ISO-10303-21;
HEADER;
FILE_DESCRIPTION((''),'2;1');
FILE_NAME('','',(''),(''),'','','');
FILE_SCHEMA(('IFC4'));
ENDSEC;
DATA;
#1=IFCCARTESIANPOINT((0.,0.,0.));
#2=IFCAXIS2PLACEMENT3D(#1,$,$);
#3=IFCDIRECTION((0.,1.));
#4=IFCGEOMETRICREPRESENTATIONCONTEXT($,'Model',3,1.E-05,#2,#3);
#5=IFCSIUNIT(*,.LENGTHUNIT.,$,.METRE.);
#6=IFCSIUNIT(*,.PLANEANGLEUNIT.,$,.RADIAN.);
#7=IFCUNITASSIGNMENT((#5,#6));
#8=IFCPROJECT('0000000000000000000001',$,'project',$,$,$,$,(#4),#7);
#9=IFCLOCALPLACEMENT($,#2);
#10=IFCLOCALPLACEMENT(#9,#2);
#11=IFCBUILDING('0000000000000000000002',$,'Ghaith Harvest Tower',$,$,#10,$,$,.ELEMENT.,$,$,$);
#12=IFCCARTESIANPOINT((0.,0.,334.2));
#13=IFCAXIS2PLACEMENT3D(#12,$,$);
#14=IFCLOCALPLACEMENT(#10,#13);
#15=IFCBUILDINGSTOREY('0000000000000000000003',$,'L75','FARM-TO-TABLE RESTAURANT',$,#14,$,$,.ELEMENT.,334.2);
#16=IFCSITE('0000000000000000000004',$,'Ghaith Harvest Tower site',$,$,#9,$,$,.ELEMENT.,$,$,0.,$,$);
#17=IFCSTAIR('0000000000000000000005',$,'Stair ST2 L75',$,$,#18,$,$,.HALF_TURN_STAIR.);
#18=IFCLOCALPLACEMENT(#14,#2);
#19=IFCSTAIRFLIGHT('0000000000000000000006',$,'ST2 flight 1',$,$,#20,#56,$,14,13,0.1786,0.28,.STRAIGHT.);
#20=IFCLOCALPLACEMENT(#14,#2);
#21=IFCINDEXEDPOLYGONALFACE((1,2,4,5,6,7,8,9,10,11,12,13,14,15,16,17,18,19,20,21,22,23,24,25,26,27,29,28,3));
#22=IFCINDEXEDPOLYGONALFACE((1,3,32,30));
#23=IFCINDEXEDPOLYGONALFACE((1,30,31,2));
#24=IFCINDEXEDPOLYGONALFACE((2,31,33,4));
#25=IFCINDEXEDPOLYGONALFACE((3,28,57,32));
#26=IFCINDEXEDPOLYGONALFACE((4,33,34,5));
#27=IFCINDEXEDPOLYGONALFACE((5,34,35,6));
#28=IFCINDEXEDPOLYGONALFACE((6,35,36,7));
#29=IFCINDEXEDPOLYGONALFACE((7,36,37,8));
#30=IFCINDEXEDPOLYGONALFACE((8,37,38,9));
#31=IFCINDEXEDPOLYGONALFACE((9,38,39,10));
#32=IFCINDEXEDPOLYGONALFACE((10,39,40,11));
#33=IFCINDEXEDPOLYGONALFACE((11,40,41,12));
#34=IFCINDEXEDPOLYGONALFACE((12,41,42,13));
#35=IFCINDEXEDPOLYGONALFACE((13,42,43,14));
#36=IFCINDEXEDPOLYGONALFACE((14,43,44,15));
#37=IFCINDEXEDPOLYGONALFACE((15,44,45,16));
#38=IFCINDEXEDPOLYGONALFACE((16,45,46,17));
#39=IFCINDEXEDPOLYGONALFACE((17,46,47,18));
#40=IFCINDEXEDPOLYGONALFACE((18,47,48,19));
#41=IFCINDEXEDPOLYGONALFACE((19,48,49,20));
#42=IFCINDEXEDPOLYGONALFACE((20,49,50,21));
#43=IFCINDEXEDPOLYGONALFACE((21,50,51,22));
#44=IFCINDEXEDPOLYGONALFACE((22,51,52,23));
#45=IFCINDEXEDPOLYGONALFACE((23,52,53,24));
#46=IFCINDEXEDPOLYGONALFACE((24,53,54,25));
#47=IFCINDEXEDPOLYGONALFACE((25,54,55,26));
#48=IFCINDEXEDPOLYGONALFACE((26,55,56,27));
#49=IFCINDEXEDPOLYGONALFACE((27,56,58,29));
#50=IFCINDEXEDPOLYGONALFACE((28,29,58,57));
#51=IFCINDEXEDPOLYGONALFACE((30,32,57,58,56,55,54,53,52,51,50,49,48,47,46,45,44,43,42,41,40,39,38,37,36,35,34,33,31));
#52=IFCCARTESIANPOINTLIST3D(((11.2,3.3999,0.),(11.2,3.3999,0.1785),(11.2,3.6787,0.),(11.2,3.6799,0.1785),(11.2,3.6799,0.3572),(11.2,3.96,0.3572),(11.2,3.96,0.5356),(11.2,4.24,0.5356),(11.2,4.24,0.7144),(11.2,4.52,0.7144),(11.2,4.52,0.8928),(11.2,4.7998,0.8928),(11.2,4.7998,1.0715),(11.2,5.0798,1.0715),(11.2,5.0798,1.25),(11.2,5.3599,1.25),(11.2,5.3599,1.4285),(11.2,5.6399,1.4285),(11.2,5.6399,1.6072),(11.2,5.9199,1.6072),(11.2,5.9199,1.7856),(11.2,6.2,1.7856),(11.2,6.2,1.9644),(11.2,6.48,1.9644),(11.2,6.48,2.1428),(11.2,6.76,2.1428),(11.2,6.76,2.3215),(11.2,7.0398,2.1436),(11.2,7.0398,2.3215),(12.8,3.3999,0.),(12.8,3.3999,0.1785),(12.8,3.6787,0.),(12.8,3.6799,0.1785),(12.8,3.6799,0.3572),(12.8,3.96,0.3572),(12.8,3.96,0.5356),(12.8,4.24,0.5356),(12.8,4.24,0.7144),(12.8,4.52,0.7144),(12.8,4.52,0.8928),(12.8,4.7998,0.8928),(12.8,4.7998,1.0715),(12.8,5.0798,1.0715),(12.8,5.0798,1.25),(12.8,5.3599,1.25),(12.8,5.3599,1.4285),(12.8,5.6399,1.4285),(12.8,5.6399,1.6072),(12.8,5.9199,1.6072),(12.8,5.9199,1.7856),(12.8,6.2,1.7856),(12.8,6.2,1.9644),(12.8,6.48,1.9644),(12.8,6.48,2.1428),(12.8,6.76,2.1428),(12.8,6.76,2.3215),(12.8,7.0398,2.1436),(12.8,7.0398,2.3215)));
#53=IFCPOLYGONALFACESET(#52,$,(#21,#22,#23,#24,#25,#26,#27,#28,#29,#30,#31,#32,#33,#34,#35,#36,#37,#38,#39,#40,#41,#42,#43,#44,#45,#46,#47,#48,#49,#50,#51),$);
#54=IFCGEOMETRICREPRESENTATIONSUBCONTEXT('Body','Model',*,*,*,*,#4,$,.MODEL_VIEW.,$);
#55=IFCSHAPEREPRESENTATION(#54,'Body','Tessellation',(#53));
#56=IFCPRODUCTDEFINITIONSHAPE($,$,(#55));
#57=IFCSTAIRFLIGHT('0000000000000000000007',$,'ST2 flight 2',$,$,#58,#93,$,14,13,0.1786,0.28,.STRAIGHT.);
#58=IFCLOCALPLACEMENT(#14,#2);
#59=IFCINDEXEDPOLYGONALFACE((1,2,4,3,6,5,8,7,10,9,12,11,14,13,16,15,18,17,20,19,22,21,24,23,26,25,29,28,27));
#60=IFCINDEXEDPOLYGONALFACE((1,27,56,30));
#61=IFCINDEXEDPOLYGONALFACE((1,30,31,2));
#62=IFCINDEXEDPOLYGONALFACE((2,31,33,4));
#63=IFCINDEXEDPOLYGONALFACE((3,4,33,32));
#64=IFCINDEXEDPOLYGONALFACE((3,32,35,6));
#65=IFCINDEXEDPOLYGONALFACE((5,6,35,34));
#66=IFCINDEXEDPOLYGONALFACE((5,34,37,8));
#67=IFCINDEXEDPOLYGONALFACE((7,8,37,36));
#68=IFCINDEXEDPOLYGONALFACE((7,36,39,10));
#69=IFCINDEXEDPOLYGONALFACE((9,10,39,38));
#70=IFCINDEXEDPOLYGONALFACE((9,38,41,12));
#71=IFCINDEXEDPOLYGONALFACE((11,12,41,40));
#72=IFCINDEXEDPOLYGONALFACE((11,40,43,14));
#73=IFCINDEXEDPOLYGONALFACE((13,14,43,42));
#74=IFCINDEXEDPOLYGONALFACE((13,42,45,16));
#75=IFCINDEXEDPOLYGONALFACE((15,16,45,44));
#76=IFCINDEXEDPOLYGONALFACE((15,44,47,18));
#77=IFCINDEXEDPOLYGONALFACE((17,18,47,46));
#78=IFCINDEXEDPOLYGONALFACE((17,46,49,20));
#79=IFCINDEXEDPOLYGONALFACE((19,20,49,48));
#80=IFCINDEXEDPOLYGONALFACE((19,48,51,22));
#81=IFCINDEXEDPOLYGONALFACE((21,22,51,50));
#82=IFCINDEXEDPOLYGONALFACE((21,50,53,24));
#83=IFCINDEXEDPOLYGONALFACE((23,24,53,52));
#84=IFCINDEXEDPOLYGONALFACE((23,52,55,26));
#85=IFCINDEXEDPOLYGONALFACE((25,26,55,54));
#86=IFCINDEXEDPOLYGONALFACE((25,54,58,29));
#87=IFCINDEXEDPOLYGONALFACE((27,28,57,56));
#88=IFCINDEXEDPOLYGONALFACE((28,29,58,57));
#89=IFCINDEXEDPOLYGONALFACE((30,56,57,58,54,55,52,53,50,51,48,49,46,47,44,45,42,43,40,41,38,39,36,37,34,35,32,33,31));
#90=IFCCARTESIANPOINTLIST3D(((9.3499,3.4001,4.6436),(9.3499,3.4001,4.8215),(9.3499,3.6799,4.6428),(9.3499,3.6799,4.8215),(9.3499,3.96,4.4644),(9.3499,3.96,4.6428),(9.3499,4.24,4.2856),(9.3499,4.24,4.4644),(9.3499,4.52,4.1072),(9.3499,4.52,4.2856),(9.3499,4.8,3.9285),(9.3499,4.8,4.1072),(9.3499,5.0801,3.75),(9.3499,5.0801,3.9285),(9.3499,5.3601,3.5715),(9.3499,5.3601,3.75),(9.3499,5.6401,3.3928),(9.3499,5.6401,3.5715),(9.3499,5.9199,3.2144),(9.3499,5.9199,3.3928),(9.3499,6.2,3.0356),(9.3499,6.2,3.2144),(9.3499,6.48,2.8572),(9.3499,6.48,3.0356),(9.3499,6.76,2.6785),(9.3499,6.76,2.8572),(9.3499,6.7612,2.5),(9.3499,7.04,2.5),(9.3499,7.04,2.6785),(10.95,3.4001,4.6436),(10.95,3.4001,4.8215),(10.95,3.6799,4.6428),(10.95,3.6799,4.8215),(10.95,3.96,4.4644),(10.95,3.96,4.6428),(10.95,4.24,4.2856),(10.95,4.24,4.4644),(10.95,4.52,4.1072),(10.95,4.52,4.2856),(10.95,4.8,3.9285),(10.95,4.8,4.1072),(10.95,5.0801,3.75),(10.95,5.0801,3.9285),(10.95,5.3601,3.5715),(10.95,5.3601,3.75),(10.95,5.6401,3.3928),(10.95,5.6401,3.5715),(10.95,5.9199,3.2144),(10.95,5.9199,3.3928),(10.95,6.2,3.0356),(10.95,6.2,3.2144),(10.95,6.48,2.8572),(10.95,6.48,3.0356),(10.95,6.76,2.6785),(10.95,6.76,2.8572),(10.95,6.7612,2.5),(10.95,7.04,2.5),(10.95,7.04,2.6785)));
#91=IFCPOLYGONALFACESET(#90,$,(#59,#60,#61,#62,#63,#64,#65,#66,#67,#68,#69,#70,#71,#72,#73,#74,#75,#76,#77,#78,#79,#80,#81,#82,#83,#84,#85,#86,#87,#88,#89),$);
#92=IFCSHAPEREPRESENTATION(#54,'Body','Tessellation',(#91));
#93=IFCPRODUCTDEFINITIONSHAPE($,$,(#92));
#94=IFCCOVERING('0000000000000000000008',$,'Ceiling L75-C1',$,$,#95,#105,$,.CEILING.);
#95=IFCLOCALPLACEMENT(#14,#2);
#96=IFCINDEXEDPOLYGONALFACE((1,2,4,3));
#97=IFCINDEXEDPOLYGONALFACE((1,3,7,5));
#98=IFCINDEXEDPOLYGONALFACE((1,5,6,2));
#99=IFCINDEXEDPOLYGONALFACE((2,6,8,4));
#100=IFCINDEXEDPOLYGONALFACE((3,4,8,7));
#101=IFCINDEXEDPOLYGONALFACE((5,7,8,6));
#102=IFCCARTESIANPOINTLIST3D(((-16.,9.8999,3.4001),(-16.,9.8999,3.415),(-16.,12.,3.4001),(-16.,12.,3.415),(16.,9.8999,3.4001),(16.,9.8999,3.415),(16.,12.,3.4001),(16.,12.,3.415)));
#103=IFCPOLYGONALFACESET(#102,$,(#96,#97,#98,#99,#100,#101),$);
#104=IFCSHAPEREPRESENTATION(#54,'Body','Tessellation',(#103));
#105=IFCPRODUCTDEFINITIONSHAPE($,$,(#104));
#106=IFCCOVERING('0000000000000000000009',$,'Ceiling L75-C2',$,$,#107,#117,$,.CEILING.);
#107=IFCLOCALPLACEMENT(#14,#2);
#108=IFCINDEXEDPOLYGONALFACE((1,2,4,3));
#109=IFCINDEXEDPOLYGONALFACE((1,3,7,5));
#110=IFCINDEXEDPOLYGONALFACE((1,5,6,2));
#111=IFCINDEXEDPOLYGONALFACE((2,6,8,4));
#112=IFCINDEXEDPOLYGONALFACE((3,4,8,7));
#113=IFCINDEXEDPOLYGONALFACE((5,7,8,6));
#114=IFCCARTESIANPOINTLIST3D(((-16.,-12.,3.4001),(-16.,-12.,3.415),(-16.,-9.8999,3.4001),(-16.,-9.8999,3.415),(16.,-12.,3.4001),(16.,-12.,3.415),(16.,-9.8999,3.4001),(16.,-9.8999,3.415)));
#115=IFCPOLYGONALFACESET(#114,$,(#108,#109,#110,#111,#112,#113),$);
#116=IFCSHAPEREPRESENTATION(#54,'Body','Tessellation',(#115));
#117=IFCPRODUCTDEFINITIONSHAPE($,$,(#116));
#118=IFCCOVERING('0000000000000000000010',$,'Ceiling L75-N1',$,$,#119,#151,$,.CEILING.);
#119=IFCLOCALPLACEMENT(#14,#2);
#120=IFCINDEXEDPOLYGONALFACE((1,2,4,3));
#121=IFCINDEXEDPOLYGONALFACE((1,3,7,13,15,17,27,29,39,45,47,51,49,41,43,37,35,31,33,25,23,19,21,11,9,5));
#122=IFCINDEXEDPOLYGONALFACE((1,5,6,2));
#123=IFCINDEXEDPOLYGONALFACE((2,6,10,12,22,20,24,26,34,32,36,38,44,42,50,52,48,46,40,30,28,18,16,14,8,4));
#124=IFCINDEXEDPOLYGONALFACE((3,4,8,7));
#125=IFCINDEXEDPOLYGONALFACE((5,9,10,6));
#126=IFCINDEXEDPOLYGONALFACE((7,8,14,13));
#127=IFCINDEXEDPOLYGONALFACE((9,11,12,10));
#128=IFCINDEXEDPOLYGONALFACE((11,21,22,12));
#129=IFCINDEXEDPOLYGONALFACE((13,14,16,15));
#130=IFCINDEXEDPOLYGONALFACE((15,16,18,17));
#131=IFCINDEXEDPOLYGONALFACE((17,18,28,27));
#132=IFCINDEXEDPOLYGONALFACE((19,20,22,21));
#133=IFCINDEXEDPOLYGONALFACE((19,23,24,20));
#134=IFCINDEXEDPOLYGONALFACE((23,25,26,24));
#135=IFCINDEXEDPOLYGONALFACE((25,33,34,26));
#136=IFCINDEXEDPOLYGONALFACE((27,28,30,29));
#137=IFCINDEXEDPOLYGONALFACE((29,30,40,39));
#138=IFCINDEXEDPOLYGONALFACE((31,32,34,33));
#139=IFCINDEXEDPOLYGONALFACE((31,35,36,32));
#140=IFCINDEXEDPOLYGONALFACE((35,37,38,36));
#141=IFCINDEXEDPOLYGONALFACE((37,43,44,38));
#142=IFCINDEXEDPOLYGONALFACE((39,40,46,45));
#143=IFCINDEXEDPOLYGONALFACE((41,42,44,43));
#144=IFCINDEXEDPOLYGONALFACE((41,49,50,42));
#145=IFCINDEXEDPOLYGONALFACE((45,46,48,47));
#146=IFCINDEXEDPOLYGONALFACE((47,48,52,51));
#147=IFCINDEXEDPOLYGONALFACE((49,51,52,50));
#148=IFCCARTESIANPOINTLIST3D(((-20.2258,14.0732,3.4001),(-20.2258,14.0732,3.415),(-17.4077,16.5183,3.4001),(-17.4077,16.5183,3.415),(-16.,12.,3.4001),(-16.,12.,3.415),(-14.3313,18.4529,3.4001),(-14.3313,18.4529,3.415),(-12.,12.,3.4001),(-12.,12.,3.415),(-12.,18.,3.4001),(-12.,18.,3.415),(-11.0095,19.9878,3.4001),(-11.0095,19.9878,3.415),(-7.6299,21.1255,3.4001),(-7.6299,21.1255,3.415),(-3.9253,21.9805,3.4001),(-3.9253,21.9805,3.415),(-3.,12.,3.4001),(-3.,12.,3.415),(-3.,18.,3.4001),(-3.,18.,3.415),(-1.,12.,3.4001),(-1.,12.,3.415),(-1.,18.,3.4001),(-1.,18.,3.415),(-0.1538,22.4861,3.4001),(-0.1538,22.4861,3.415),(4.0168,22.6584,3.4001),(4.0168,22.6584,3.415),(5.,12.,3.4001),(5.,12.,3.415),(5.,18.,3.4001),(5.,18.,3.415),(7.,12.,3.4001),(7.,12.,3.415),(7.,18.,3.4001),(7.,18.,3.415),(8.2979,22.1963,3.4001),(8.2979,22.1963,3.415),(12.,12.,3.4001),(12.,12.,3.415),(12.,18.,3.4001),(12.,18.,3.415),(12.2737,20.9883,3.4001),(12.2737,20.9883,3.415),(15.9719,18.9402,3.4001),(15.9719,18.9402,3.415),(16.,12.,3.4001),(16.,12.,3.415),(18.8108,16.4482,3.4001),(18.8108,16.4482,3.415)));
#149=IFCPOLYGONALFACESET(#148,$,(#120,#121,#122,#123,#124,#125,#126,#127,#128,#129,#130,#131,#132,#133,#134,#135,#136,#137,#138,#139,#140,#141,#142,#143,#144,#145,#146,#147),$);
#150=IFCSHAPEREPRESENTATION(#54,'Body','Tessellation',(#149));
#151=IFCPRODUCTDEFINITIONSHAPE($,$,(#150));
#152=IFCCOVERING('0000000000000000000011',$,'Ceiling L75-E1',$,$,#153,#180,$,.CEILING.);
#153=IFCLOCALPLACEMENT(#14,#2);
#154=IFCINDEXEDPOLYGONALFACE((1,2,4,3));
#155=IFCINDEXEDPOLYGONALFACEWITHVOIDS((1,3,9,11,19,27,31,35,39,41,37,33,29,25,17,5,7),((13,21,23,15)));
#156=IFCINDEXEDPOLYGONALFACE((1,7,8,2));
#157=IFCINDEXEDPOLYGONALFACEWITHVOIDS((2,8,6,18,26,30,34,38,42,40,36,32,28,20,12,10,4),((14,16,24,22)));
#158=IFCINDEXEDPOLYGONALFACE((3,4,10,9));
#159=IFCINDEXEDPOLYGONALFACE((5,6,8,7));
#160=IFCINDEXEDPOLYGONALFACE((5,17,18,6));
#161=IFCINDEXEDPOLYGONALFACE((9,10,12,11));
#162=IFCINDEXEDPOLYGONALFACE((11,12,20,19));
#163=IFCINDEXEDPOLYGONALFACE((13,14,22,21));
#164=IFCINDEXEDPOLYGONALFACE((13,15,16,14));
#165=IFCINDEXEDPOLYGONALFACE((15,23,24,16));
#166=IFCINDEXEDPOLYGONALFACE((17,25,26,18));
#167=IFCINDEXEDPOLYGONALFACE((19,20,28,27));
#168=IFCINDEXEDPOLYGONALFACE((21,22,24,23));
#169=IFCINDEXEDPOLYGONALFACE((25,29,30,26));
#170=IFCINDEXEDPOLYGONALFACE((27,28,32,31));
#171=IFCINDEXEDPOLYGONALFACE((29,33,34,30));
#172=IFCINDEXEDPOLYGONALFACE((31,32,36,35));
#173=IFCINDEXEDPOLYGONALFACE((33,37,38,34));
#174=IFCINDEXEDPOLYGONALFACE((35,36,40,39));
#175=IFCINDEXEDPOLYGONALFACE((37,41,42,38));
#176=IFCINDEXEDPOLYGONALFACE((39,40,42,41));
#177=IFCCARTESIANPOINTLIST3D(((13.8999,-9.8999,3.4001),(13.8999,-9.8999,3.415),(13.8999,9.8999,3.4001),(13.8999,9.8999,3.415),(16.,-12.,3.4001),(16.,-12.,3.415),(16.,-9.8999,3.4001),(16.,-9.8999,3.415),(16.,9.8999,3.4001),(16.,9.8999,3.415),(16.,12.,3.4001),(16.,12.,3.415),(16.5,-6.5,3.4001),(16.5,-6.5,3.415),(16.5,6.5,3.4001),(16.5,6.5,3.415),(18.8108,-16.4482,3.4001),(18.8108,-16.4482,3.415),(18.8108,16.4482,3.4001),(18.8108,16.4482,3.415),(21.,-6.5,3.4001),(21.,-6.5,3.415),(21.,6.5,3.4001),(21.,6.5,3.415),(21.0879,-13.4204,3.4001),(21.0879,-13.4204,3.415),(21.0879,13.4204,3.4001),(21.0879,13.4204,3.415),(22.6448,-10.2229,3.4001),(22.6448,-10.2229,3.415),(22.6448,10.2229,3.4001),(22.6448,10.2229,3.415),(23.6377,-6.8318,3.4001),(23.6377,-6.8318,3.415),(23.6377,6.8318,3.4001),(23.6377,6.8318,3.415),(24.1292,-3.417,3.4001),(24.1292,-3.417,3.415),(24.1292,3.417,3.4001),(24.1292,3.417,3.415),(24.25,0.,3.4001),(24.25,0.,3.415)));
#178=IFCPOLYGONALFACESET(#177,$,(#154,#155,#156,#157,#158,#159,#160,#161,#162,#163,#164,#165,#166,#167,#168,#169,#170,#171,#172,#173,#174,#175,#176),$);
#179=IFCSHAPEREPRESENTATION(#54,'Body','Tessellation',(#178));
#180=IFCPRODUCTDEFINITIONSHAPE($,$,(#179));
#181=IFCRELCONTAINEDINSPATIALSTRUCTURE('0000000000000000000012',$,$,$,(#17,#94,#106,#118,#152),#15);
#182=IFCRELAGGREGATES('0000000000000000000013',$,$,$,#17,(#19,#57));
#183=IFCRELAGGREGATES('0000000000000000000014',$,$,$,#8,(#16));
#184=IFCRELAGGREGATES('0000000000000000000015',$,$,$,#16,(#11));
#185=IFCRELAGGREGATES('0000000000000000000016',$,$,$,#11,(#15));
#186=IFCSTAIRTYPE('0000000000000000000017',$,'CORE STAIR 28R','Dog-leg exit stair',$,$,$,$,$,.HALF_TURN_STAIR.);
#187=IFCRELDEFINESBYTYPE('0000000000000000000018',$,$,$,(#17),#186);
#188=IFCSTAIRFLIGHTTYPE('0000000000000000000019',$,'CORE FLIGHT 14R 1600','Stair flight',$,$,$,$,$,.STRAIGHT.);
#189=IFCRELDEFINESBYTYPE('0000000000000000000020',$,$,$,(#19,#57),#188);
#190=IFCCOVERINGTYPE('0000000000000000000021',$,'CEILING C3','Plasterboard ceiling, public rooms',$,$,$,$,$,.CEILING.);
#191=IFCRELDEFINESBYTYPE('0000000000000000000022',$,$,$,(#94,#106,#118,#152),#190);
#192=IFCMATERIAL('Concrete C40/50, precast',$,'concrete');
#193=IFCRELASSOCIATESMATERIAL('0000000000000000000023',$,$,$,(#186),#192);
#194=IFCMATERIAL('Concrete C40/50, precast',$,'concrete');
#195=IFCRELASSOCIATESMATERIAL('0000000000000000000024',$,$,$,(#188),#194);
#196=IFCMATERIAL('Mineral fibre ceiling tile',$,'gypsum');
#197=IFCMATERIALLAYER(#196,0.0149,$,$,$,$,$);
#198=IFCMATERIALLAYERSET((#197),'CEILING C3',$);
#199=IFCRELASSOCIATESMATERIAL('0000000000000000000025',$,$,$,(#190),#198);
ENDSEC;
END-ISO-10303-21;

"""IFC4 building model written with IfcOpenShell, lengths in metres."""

from ifc_helpers import new_model, si_unit, direction, frame, origin, place, context, subcontext, project, spatial, polyline, outline, extrude, material, layer, layer_set, type_object, element, aggregate, save


model = new_model("IFC4")

# Units and contexts
model_context = context("Model", 3, precision=1e-05, world=origin(), true_north=direction((0.0, 1.0)))
body_context = subcontext(model_context, "Body", "Model", "MODEL_VIEW")
ifc_project = project(units=[si_unit("LENGTHUNIT", "METRE"), si_unit("PLANEANGLEUNIT", "RADIAN")], contexts=[model_context])

# Site, building, storey
site_placement = place(None, origin())
site = spatial("IfcSite", under=ifc_project, at=site_placement, Name="Ghaith Harvest Tower site", CompositionType="ELEMENT", RefElevation=0.0)
building_placement = place(site_placement, origin())
building = spatial("IfcBuilding", under=site, at=building_placement, Name="Ghaith Harvest Tower", CompositionType="ELEMENT")
storey_placement = place(building_placement, frame((0.0, 0.0, 334.2)))
storey = spatial("IfcBuildingStorey", under=building, at=storey_placement, Name="L75", Description="FARM-TO-TABLE RESTAURANT", CompositionType="ELEMENT", Elevation=334.2)

# Stair, stair flights
ifc_material_1 = material(Name="Concrete C40/50, precast", Category="concrete")
stair_type = type_object("IfcStairType", Name="CORE STAIR 28R", Description="Dog-leg exit stair", PredefinedType="HALF_TURN_STAIR", material=ifc_material_1)
stair_placement = place(storey_placement, origin())
stair = element("IfcStair", 1, at=stair_placement, inside=storey, type_object=stair_type, Name="Stair ST2 L75", PredefinedType="HALF_TURN_STAIR")
ifc_material_2 = material(Name="Concrete C40/50, precast", Category="concrete")
stair_flight_type = type_object("IfcStairFlightType", Name="CORE FLIGHT 14R 1600", Description="Stair flight", PredefinedType="STRAIGHT", material=ifc_material_2)
stair_flight_1_placement = place(storey_placement, frame((12.0, 3.3999, 0.0), z_axis=(0.0, 0.0, 1.0), x_axis=(0.0, 1.0, 0.0)))
stair_flight_1 = element("IfcStairFlight", 2, at=stair_flight_1_placement, type_object=stair_flight_type, Name="ST2 flight 1", NumberOfRisers=14, NumberOfTreads=13, PredefinedType="STRAIGHT", RiserHeight=0.1786, TreadLength=0.28, context=body_context, shape_type="SweptSolid", body=[
    extrude(outline(polyline([(0.0, 0.0), (0.0, 0.1785), (0.28, 0.1785), (0.28, 0.3572), (0.5601, 0.3572), (0.5601, 0.5356), (0.8401, 0.5356), (0.8401, 0.7144), (1.1201, 0.7144), (1.1201, 0.8928), (1.3999, 0.8928), (1.3999, 1.0715), (1.6799, 1.0715), (1.6799, 1.25), (1.96, 1.25), (1.96, 1.4285), (2.24, 1.4285), (2.24, 1.6072), (2.52, 1.6072), (2.52, 1.7856), (2.8, 1.7856), (2.8, 1.9644), (3.0801, 1.9644), (3.0801, 2.1428), (3.3601, 2.1428), (3.3601, 2.3215), (3.6399, 2.3215), (3.6399, 2.5), (3.6399, 2.1436), (0.2788, 0.0), (0.0, 0.0)])), frame((0.0, 0.8, 0.0), z_axis=(0.0, -1.0, 0.0), x_axis=(1.0, 0.0, 0.0)), (0.0, 0.0, 1.0), 1.6001),
])
stair_flight_2_placement = place(storey_placement, frame((10.1499, 7.04, 2.5), z_axis=(0.0, 0.0, 1.0), x_axis=(0.0, -1.0, 0.0)))
stair_flight_2 = element("IfcStairFlight", 3, at=stair_flight_2_placement, type_object=stair_flight_type, Name="ST2 flight 2", NumberOfRisers=14, NumberOfTreads=13, PredefinedType="STRAIGHT", RiserHeight=0.1786, TreadLength=0.28, context=body_context, shape_type="SweptSolid", body=[
    extrude(outline(polyline([(0.0, 0.0), (0.0, 0.1785), (0.28, 0.1785), (0.28, 0.3572), (0.5601, 0.3572), (0.5601, 0.5356), (0.8401, 0.5356), (0.8401, 0.7144), (1.1201, 0.7144), (1.1201, 0.8928), (1.3999, 0.8928), (1.3999, 1.0715), (1.6799, 1.0715), (1.6799, 1.25), (1.96, 1.25), (1.96, 1.4285), (2.24, 1.4285), (2.24, 1.6072), (2.52, 1.6072), (2.52, 1.7856), (2.8, 1.7856), (2.8, 1.9644), (3.0801, 1.9644), (3.0801, 2.1428), (3.3601, 2.1428), (3.3601, 2.3215), (3.6399, 2.3215), (3.6399, 2.5), (3.6399, 2.1436), (0.2788, 0.0), (0.0, 0.0)])), frame((0.0, 0.8, 0.0), z_axis=(0.0, -1.0, 0.0), x_axis=(1.0, 0.0, 0.0)), (0.0, 0.0, 1.0), 1.6001),
])
aggregate(stair, [stair_flight_1, stair_flight_2])

# Coverings
ifc_material_3 = material(Name="Mineral fibre ceiling tile", Category="gypsum")
ifc_layer_1 = layer(ifc_material_3, 0.0149)
ifc_layer_set_1 = layer_set([ifc_layer_1], Name="CEILING C3")
covering_type = type_object("IfcCoveringType", Name="CEILING C3", Description="Plasterboard ceiling, public rooms", PredefinedType="CEILING", material=ifc_layer_set_1)
covering_1_placement = place(storey_placement, frame((0.0, 0.0, 3.4001)))
element("IfcCovering", 4, at=covering_1_placement, inside=storey, type_object=covering_type, Name="Ceiling L75-C1", PredefinedType="CEILING", context=body_context, shape_type="SweptSolid", body=[
    extrude(outline(polyline([(16.0, 9.8999), (-16.0, 9.8999), (-16.0, 12.0), (16.0, 12.0), (16.0, 9.8999)])), origin(), (0.0, 0.0, 1.0), 0.0149),
])
covering_2_placement = place(storey_placement, frame((0.0, 0.0, 3.4001)))
element("IfcCovering", 5, at=covering_2_placement, inside=storey, type_object=covering_type, Name="Ceiling L75-C2", PredefinedType="CEILING", context=body_context, shape_type="SweptSolid", body=[
    extrude(outline(polyline([(-16.0, -9.8999), (16.0, -9.8999), (16.0, -12.0), (-16.0, -12.0), (-16.0, -9.8999)])), origin(), (0.0, 0.0, 1.0), 0.0149),
])
covering_3_placement = place(storey_placement, frame((0.0, 0.0, 3.4001)))
element("IfcCovering", 6, at=covering_3_placement, inside=storey, type_object=covering_type, Name="Ceiling L75-N1", PredefinedType="CEILING", context=body_context, shape_type="SweptSolid", body=[
    extrude(outline(polyline([(-17.4077, 16.5183), (-14.3313, 18.4529), (-11.0095, 19.9878), (-7.6299, 21.1255), (-3.9253, 21.9805), (-0.1538, 22.4861), (4.0168, 22.6584), (8.2979, 22.1963), (12.2737, 20.9883), (15.9719, 18.9402), (18.8108, 16.4482), (16.0, 12.0), (12.0, 12.0), (12.0, 18.0), (7.0, 18.0), (7.0, 12.0), (5.0, 12.0), (5.0, 18.0), (-1.0, 18.0), (-1.0, 12.0), (-3.0, 12.0), (-3.0, 18.0), (-12.0, 18.0), (-12.0, 12.0), (-16.0, 12.0), (-20.2258, 14.0732), (-17.4077, 16.5183)])), origin(), (0.0, 0.0, 1.0), 0.0149),
])
covering_4_placement = place(storey_placement, frame((0.0, 0.0, 3.4001)))
element("IfcCovering", 7, at=covering_4_placement, inside=storey, type_object=covering_type, Name="Ceiling L75-E1", PredefinedType="CEILING", context=body_context, shape_type="SweptSolid", body=[
    extrude(outline(polyline([(21.0879, 13.4204), (22.6448, 10.2229), (23.6377, 6.8318), (24.1292, 3.417), (24.25, 0.0), (24.1292, -3.417), (23.6377, -6.8318), (22.6448, -10.2229), (21.0879, -13.4204), (18.8108, -16.4482), (16.0, -12.0), (16.0, -9.8999), (13.8999, -9.8999), (13.8999, 9.8999), (16.0, 9.8999), (16.0, 12.0), (18.8108, 16.4482), (21.0879, 13.4204)]), holes=[polyline([(16.5, 6.5), (16.5, -6.5), (21.0, -6.5), (21.0, 6.5), (16.5, 6.5)])]), origin(), (0.0, 0.0, 1.0), 0.0149),
])

save(model, "model.ifc")
